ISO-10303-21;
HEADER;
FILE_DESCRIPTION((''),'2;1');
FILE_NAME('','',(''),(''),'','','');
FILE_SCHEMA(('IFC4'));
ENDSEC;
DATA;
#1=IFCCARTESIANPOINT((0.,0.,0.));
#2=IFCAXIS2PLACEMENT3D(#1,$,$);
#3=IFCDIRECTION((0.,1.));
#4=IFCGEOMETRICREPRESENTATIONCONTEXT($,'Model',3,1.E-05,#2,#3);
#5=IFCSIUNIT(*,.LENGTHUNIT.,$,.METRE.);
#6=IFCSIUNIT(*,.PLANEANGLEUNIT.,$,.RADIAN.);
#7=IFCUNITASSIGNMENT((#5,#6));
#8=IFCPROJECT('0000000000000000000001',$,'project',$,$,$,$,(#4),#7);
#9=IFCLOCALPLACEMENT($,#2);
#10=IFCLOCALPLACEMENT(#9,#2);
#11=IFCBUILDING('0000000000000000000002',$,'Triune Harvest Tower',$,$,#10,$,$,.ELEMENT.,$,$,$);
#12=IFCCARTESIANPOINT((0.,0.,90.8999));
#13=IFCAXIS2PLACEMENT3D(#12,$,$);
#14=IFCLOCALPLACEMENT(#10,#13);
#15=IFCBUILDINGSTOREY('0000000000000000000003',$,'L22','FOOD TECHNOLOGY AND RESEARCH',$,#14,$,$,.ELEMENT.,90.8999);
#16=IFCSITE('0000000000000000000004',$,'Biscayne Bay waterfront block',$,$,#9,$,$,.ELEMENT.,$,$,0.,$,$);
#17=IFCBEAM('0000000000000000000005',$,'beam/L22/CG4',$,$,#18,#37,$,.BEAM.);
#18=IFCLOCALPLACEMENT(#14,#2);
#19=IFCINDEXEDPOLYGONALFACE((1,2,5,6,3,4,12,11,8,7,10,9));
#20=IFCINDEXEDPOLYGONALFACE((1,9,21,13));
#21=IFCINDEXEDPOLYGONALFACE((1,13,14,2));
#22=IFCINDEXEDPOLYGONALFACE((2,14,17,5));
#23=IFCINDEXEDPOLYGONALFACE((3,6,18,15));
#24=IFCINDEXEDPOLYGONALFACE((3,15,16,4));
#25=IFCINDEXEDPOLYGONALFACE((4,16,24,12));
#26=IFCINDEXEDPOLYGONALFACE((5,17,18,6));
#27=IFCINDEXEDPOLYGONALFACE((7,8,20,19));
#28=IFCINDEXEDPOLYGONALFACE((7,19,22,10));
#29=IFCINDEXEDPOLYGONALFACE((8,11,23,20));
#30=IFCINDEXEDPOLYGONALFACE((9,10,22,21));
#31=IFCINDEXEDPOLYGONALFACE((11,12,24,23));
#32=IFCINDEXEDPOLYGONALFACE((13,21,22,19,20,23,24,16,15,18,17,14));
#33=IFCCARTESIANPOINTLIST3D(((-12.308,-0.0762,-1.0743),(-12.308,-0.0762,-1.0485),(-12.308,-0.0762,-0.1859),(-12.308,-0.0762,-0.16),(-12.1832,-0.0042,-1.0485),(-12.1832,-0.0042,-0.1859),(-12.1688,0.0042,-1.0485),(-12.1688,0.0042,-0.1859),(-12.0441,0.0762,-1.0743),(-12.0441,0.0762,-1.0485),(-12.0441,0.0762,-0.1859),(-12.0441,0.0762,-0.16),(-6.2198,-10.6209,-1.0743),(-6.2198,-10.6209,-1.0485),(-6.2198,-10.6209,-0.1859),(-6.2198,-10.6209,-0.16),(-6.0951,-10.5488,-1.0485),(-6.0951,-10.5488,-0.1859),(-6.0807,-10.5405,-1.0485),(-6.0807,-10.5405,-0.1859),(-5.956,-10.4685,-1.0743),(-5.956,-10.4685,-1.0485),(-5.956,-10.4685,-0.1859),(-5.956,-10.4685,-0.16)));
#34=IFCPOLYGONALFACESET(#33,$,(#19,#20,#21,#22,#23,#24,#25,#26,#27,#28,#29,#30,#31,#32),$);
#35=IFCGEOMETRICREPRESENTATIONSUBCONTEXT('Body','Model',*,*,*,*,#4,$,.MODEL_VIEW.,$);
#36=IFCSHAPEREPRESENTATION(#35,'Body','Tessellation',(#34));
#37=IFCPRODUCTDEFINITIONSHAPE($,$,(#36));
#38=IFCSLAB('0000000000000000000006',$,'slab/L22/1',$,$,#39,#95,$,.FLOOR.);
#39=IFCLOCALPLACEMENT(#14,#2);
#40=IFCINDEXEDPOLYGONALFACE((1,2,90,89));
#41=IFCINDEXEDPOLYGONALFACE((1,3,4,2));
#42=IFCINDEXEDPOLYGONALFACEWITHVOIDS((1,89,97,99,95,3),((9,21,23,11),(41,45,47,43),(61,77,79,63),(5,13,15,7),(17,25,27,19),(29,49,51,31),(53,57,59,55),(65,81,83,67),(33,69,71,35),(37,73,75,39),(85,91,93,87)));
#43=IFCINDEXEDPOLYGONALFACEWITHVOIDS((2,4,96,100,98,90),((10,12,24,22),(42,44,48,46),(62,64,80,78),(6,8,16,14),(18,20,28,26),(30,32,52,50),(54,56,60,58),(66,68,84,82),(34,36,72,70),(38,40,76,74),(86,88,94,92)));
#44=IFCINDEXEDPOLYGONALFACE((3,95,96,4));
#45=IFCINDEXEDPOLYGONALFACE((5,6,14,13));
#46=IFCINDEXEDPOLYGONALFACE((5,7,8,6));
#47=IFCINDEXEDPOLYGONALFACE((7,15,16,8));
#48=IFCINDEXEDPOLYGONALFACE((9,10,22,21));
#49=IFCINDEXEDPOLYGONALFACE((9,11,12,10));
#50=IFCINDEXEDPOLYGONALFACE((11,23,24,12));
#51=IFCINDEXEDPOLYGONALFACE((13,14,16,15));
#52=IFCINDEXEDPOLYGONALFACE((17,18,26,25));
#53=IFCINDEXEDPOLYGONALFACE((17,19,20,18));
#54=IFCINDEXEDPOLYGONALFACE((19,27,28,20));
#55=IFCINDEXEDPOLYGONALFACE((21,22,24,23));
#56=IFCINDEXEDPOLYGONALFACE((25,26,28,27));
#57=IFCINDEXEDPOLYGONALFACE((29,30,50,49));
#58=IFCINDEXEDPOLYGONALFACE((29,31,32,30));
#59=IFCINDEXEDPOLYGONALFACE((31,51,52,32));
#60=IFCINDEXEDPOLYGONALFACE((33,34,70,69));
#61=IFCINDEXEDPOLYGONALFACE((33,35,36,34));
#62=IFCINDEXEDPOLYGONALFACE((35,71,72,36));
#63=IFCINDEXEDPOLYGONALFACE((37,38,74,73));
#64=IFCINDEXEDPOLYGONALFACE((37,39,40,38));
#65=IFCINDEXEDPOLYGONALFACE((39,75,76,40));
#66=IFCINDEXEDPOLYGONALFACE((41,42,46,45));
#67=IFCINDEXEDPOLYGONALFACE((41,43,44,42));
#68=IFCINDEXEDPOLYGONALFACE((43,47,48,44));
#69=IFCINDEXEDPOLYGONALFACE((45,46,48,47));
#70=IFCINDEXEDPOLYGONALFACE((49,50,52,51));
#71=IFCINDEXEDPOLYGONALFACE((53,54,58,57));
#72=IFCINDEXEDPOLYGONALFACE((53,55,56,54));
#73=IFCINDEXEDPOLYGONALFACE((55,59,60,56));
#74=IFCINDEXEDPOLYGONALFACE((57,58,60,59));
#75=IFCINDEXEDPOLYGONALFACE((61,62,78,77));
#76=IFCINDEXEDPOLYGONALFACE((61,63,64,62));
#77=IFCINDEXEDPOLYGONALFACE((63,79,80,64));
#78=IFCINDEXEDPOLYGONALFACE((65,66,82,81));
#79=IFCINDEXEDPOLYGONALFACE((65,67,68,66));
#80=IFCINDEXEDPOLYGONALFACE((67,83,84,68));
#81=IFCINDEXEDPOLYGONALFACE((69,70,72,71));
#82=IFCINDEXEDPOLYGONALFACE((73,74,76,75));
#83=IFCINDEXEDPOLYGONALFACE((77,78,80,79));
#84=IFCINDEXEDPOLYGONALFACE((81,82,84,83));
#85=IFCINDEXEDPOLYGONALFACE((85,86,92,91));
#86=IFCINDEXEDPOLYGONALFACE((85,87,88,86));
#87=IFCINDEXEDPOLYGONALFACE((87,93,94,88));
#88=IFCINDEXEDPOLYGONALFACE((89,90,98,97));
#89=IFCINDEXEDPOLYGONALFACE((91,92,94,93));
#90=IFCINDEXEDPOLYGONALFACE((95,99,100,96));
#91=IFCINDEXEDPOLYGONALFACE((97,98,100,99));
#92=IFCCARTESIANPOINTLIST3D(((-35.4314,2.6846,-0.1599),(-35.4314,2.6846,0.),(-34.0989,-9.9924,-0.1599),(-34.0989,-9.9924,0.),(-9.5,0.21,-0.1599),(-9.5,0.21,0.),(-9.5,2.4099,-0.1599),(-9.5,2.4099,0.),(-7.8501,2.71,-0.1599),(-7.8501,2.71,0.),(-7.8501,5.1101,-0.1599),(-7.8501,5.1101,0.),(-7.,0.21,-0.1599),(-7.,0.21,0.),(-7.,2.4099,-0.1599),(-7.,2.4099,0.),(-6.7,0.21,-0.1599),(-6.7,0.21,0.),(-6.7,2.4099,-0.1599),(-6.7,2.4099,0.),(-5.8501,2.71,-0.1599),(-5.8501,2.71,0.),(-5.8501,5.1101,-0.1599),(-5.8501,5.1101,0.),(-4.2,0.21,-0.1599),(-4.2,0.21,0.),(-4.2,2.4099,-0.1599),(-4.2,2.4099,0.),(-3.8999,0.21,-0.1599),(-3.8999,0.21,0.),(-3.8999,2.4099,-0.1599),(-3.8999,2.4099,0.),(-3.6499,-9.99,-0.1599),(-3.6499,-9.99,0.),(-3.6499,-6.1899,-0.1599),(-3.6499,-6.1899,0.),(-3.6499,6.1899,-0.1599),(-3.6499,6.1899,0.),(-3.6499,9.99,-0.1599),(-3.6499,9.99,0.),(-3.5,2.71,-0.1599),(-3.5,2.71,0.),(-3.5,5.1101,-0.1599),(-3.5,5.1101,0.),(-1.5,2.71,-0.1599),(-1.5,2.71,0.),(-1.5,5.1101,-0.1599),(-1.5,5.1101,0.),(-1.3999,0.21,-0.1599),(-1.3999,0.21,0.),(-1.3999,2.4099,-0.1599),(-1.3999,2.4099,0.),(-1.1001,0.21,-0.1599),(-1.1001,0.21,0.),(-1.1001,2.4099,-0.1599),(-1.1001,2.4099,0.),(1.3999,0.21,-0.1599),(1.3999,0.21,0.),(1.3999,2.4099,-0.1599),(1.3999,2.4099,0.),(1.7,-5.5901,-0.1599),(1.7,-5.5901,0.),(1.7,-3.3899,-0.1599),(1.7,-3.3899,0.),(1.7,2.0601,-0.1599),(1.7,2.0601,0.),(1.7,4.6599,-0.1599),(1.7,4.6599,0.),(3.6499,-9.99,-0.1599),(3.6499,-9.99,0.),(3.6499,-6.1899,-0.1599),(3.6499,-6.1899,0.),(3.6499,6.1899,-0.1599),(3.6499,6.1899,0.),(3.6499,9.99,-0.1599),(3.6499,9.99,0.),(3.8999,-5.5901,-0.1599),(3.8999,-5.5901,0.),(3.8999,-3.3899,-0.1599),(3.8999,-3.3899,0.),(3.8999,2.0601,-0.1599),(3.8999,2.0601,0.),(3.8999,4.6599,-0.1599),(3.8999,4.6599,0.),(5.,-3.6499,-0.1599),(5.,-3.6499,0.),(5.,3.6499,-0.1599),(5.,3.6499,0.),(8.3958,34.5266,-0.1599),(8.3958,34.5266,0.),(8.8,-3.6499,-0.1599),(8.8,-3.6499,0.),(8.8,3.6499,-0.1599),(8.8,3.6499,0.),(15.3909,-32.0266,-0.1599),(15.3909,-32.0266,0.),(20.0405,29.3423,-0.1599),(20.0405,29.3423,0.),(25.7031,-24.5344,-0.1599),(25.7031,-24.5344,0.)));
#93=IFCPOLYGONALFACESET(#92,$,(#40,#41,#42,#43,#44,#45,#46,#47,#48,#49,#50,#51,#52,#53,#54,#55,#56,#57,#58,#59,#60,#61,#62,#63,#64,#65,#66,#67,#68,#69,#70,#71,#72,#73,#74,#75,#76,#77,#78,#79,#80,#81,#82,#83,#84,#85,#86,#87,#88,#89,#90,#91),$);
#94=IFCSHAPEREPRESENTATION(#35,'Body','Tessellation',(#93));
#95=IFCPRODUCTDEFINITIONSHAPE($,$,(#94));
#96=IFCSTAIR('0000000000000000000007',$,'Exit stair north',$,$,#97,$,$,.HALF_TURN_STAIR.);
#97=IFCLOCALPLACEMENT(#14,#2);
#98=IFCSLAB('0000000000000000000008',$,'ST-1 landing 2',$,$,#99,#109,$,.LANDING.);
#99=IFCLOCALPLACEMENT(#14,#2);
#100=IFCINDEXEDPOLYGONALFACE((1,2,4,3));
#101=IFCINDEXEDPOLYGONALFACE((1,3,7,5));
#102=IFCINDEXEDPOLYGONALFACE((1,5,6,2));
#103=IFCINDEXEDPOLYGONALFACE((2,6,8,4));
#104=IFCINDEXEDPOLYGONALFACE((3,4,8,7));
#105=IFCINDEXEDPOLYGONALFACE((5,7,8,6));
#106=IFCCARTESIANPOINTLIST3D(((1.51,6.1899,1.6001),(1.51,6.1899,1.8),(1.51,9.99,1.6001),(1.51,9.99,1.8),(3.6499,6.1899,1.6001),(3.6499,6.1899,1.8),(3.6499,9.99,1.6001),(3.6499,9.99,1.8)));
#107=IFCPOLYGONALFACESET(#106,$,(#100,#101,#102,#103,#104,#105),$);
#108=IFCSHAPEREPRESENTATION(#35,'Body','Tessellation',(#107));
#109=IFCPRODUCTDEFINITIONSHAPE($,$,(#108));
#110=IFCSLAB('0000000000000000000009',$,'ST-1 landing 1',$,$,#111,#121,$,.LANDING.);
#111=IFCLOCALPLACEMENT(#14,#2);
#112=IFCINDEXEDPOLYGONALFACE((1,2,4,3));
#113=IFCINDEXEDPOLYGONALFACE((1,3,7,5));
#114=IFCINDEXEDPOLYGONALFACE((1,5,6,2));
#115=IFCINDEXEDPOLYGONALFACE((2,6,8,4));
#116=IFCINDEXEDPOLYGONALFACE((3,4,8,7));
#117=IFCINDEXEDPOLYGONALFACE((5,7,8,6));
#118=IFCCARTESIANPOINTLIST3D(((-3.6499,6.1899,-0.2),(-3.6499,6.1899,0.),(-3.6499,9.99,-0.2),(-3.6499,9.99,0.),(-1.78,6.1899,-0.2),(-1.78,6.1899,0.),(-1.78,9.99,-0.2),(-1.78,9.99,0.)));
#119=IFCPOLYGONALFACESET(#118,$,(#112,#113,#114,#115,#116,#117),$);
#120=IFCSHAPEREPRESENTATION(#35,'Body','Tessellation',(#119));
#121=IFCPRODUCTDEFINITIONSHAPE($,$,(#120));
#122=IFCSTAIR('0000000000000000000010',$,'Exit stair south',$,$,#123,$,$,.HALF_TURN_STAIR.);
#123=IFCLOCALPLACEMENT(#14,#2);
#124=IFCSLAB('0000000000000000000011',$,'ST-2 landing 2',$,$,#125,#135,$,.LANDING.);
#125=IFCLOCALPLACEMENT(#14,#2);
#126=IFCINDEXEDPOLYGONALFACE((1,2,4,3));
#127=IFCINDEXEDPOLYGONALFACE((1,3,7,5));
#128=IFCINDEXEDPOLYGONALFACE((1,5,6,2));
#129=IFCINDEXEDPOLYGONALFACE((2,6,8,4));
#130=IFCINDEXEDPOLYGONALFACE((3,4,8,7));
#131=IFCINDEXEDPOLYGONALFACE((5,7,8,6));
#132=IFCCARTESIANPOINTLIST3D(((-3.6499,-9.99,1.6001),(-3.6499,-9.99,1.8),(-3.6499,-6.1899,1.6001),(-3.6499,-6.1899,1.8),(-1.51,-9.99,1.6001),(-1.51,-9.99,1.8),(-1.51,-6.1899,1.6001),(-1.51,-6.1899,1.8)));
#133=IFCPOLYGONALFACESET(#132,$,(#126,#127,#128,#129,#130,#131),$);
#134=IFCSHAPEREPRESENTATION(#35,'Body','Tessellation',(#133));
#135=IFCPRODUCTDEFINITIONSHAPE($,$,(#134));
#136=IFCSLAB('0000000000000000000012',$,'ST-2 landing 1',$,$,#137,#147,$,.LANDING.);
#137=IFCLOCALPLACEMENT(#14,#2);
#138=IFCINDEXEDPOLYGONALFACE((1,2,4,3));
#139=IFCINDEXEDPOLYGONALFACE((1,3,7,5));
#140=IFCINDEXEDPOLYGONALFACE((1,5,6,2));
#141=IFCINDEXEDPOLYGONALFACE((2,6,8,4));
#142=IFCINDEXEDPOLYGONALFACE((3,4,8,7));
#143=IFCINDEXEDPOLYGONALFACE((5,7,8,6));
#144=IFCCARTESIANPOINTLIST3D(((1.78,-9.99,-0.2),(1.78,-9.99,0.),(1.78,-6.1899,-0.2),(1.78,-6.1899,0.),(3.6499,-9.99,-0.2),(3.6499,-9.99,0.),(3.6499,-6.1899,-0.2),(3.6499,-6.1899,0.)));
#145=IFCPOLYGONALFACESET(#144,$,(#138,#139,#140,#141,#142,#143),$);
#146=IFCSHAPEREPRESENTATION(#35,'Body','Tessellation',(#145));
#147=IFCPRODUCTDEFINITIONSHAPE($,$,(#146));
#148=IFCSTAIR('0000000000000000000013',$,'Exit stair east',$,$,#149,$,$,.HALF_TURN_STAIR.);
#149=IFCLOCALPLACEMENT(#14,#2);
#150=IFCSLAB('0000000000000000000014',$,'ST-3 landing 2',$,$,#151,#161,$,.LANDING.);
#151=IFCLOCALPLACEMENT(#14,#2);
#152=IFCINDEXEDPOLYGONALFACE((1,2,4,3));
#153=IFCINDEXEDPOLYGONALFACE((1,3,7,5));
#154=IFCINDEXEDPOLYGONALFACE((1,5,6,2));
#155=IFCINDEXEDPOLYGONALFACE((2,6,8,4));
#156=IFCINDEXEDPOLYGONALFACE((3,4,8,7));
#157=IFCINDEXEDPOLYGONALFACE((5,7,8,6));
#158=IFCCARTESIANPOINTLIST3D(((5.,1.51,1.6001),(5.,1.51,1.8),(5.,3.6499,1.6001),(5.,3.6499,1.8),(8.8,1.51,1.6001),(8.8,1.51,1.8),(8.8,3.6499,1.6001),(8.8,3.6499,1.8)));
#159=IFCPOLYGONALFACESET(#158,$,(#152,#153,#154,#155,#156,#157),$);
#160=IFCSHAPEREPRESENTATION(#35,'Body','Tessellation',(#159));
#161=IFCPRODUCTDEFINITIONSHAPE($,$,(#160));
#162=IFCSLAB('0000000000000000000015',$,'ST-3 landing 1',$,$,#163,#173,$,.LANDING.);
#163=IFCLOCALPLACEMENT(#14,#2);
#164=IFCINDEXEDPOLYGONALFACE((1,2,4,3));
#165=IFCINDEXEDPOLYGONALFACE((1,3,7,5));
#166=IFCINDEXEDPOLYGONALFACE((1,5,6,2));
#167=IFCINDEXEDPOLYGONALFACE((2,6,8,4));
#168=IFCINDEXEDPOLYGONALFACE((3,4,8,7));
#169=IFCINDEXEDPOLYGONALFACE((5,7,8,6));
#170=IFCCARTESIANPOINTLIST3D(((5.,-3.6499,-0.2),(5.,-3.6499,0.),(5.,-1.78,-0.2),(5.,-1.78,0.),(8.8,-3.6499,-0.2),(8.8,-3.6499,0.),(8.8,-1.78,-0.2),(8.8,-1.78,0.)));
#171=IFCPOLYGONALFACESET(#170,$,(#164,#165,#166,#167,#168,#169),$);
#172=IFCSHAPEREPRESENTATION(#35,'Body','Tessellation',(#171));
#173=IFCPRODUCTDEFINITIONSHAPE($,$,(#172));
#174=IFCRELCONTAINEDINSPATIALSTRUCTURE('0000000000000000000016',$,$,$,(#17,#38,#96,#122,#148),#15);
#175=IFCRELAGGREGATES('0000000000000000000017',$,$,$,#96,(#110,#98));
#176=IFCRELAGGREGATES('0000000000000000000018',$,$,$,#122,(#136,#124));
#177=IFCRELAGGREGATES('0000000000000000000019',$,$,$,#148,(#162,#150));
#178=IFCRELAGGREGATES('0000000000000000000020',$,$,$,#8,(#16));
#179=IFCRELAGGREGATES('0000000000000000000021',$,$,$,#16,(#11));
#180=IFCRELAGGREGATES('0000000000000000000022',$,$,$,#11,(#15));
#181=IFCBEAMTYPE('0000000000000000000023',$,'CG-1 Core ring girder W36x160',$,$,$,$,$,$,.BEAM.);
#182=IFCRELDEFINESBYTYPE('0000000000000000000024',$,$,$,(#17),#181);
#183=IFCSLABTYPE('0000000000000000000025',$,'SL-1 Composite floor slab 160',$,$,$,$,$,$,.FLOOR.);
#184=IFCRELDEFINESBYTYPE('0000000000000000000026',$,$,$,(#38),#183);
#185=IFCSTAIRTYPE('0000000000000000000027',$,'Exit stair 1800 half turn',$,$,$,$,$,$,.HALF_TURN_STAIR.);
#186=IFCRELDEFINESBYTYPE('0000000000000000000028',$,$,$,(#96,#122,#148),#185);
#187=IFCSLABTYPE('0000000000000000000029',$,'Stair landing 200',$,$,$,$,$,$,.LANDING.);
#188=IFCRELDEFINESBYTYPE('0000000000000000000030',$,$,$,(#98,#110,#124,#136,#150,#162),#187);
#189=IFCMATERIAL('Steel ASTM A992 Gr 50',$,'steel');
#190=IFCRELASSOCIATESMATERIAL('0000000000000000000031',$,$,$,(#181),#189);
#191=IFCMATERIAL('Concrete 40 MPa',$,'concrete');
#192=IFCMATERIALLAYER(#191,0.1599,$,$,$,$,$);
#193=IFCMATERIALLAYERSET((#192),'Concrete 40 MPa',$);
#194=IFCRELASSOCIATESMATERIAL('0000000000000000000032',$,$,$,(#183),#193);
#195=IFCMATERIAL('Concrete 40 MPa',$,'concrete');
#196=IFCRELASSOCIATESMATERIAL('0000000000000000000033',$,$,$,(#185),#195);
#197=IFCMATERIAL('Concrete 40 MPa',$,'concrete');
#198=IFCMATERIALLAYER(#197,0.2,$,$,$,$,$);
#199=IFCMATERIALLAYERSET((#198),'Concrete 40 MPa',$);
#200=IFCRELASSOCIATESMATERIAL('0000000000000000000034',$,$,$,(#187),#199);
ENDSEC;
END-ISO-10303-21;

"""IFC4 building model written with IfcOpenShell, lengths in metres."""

from ifc_helpers import new_model, si_unit, direction, frame, origin, origin_2d, place, context, subcontext, project, spatial, polyline, i_section, outline, extrude, source, transform, mapped, material, layer, layer_set, material_profile, profile_set, type_object, element, aggregate, save


model = new_model("IFC4")

# Units and contexts
model_context = context("Model", 3, precision=1e-05, world=origin(), true_north=direction((0.0, 1.0)))
body_context = subcontext(model_context, "Body", "Model", "MODEL_VIEW")
ifc_project = project(units=[si_unit("LENGTHUNIT", "METRE"), si_unit("PLANEANGLEUNIT", "RADIAN")], contexts=[model_context])

# Site, building, storey
site_placement = place(None, origin())
site = spatial("IfcSite", under=ifc_project, at=site_placement, Name="Biscayne Bay waterfront block", CompositionType="ELEMENT", RefElevation=0.0)
building_placement = place(site_placement, origin())
building = spatial("IfcBuilding", under=site, at=building_placement, Name="Triune Harvest Tower", CompositionType="ELEMENT")
storey_placement = place(building_placement, frame((0.0, 0.0, 90.8999)))
storey = spatial("IfcBuildingStorey", under=building, at=storey_placement, Name="L22", Description="FOOD TECHNOLOGY AND RESEARCH", CompositionType="ELEMENT", Elevation=90.8999)

# Beam
ifc_material_1 = material(Name="Steel ASTM A992 Gr 50", Category="steel")
ifc_material_profile = material_profile(ifc_material_1, i_section(OverallWidth=0.3047, OverallDepth=0.9143, WebThickness=0.0166, FlangeThickness=0.0259, at=origin_2d()), Name="W36x160")
ifc_profile_set = profile_set([ifc_material_profile], Name="Steel ASTM A992 Gr 50")
beam_type = type_object("IfcBeamType", Name="CG-1 Core ring girder W36x160", PredefinedType="BEAM", material=ifc_profile_set)
shared_shape_1 = source(origin(), body_context, "Body", "SweptSolid", [
    extrude(i_section(OverallWidth=0.3047, OverallDepth=0.9143, WebThickness=0.0166, FlangeThickness=0.0259, at=origin_2d()), origin(), (0.0, 0.0, 1.0), 12.176),
])
beam_placement = place(storey_placement, frame((-12.176, 0.0, -0.6172), z_axis=(0.50001, -0.86602, 0.0), x_axis=(0.86602, 0.50001, 0.0)))
element("IfcBeam", 1, at=beam_placement, inside=storey, type_object=beam_type, Name="beam/L22/CG4", PredefinedType="BEAM", context=body_context, shape_type="MappedRepresentation", body=[
    mapped(shared_shape_1, transform((0.0, 0.0, 0.0), scale=1.0)),
])

# Slab
ifc_material_2 = material(Name="Concrete 40 MPa", Category="concrete")
ifc_layer_1 = layer(ifc_material_2, 0.1599)
ifc_layer_set_1 = layer_set([ifc_layer_1], Name="Concrete 40 MPa")
slab_type_1 = type_object("IfcSlabType", Name="SL-1 Composite floor slab 160", PredefinedType="FLOOR", material=ifc_layer_set_1)
shared_shape_2 = source(origin(), body_context, "Body", "SweptSolid", [
    extrude(outline(polyline([(25.7031, -24.5344), (20.0405, 29.3423), (8.3958, 34.5266), (-35.4314, 2.6846), (-34.0989, -9.9924), (15.3909, -32.0266), (25.7031, -24.5344)]), holes=[polyline([(-7.0, 0.21), (-7.0, 2.4099), (-9.5, 2.4099), (-9.5, 0.21), (-7.0, 0.21)]), polyline([(-4.2, 0.21), (-4.2, 2.4099), (-6.7, 2.4099), (-6.7, 0.21), (-4.2, 0.21)]), polyline([(-1.3999, 0.21), (-1.3999, 2.4099), (-3.8999, 2.4099), (-3.8999, 0.21), (-1.3999, 0.21)]), polyline([(1.3999, 0.21), (1.3999, 2.4099), (-1.1001, 2.4099), (-1.1001, 0.21), (1.3999, 0.21)]), polyline([(3.8999, 2.0601), (3.8999, 4.6599), (1.7, 4.6599), (1.7, 2.0601), (3.8999, 2.0601)]), polyline([(3.8999, -5.5901), (3.8999, -3.3899), (1.7, -3.3899), (1.7, -5.5901), (3.8999, -5.5901)]), polyline([(-5.8501, 2.71), (-5.8501, 5.1101), (-7.8501, 5.1101), (-7.8501, 2.71), (-5.8501, 2.71)]), polyline([(-1.5, 2.71), (-1.5, 5.1101), (-3.5, 5.1101), (-3.5, 2.71), (-1.5, 2.71)]), polyline([(3.6499, 6.1899), (3.6499, 9.99), (-3.6499, 9.99), (-3.6499, 6.1899), (3.6499, 6.1899)]), polyline([(3.6499, -9.99), (3.6499, -6.1899), (-3.6499, -6.1899), (-3.6499, -9.99), (3.6499, -9.99)]), polyline([(8.8, -3.6499), (8.8, 3.6499), (5.0, 3.6499), (5.0, -3.6499), (8.8, -3.6499)])]), origin(), (0.0, 0.0, 1.0), 0.1599),
])
slab_1_placement = place(storey_placement, frame((0.0, 0.0, -0.1599)))
element("IfcSlab", 2, at=slab_1_placement, inside=storey, type_object=slab_type_1, Name="slab/L22/1", PredefinedType="FLOOR", context=body_context, shape_type="MappedRepresentation", body=[
    mapped(shared_shape_2, transform((0.0, 0.0, 0.0), scale=1.0)),
])

# Stairs, slabs
ifc_material_3 = material(Name="Concrete 40 MPa", Category="concrete")
stair_type = type_object("IfcStairType", Name="Exit stair 1800 half turn", PredefinedType="HALF_TURN_STAIR", material=ifc_material_3)
stair_1_placement = place(storey_placement, origin())
stair_1 = element("IfcStair", 3, at=stair_1_placement, inside=storey, type_object=stair_type, Name="Exit stair north", PredefinedType="HALF_TURN_STAIR")
ifc_material_4 = material(Name="Concrete 40 MPa", Category="concrete")
ifc_layer_2 = layer(ifc_material_4, 0.2)
ifc_layer_set_2 = layer_set([ifc_layer_2], Name="Concrete 40 MPa")
slab_type_2 = type_object("IfcSlabType", Name="Stair landing 200", PredefinedType="LANDING", material=ifc_layer_set_2)
shared_shape_3 = source(origin(), body_context, "Body", "SweptSolid", [
    extrude(outline(polyline([(1.51, 6.1899), (3.6499, 6.1899), (3.6499, 9.99), (1.51, 9.99), (1.51, 6.1899)])), origin(), (0.0, 0.0, 1.0), 0.2),
])
slab_2_placement = place(storey_placement, frame((0.0, 0.0, 1.6001)))
slab_2 = element("IfcSlab", 4, at=slab_2_placement, type_object=slab_type_2, Name="ST-1 landing 2", PredefinedType="LANDING", context=body_context, shape_type="MappedRepresentation", body=[
    mapped(shared_shape_3, transform((0.0, 0.0, 0.0), scale=1.0)),
])
shared_shape_4 = source(origin(), body_context, "Body", "SweptSolid", [
    extrude(outline(polyline([(-3.6499, 6.1899), (-1.78, 6.1899), (-1.78, 9.99), (-3.6499, 9.99), (-3.6499, 6.1899)])), origin(), (0.0, 0.0, 1.0), 0.2),
])
slab_3_placement = place(storey_placement, frame((0.0, 0.0, -0.2)))
slab_3 = element("IfcSlab", 5, at=slab_3_placement, type_object=slab_type_2, Name="ST-1 landing 1", PredefinedType="LANDING", context=body_context, shape_type="MappedRepresentation", body=[
    mapped(shared_shape_4, transform((0.0, 0.0, 0.0), scale=1.0)),
])
aggregate(stair_1, [slab_3, slab_2])
stair_2_placement = place(storey_placement, origin())
stair_2 = element("IfcStair", 6, at=stair_2_placement, inside=storey, type_object=stair_type, Name="Exit stair south", PredefinedType="HALF_TURN_STAIR")
shared_shape_5 = source(origin(), body_context, "Body", "SweptSolid", [
    extrude(outline(polyline([(-1.51, -6.1899), (-3.6499, -6.1899), (-3.6499, -9.99), (-1.51, -9.99), (-1.51, -6.1899)])), origin(), (0.0, 0.0, 1.0), 0.2),
])
slab_4_placement = place(storey_placement, frame((0.0, 0.0, 1.6001)))
slab_4 = element("IfcSlab", 7, at=slab_4_placement, type_object=slab_type_2, Name="ST-2 landing 2", PredefinedType="LANDING", context=body_context, shape_type="MappedRepresentation", body=[
    mapped(shared_shape_5, transform((0.0, 0.0, 0.0), scale=1.0)),
])
shared_shape_6 = source(origin(), body_context, "Body", "SweptSolid", [
    extrude(outline(polyline([(3.6499, -6.1899), (1.78, -6.1899), (1.78, -9.99), (3.6499, -9.99), (3.6499, -6.1899)])), origin(), (0.0, 0.0, 1.0), 0.2),
])
slab_5_placement = place(storey_placement, frame((0.0, 0.0, -0.2)))
slab_5 = element("IfcSlab", 8, at=slab_5_placement, type_object=slab_type_2, Name="ST-2 landing 1", PredefinedType="LANDING", context=body_context, shape_type="MappedRepresentation", body=[
    mapped(shared_shape_6, transform((0.0, 0.0, 0.0), scale=1.0)),
])
aggregate(stair_2, [slab_5, slab_4])
stair_3_placement = place(storey_placement, origin())
stair_3 = element("IfcStair", 9, at=stair_3_placement, inside=storey, type_object=stair_type, Name="Exit stair east", PredefinedType="HALF_TURN_STAIR")
shared_shape_7 = source(origin(), body_context, "Body", "SweptSolid", [
    extrude(outline(polyline([(8.8, 1.51), (8.8, 3.6499), (5.0, 3.6499), (5.0, 1.51), (8.8, 1.51)])), origin(), (0.0, 0.0, 1.0), 0.2),
])
slab_6_placement = place(storey_placement, frame((0.0, 0.0, 1.6001)))
slab_6 = element("IfcSlab", 10, at=slab_6_placement, type_object=slab_type_2, Name="ST-3 landing 2", PredefinedType="LANDING", context=body_context, shape_type="MappedRepresentation", body=[
    mapped(shared_shape_7, transform((0.0, 0.0, 0.0), scale=1.0)),
])
shared_shape_8 = source(origin(), body_context, "Body", "SweptSolid", [
    extrude(outline(polyline([(8.8, -3.6499), (8.8, -1.78), (5.0, -1.78), (5.0, -3.6499), (8.8, -3.6499)])), origin(), (0.0, 0.0, 1.0), 0.2),
])
slab_7_placement = place(storey_placement, frame((0.0, 0.0, -0.2)))
slab_7 = element("IfcSlab", 11, at=slab_7_placement, type_object=slab_type_2, Name="ST-3 landing 1", PredefinedType="LANDING", context=body_context, shape_type="MappedRepresentation", body=[
    mapped(shared_shape_8, transform((0.0, 0.0, 0.0), scale=1.0)),
])
aggregate(stair_3, [slab_7, slab_6])

save(model, "model.ifc")
